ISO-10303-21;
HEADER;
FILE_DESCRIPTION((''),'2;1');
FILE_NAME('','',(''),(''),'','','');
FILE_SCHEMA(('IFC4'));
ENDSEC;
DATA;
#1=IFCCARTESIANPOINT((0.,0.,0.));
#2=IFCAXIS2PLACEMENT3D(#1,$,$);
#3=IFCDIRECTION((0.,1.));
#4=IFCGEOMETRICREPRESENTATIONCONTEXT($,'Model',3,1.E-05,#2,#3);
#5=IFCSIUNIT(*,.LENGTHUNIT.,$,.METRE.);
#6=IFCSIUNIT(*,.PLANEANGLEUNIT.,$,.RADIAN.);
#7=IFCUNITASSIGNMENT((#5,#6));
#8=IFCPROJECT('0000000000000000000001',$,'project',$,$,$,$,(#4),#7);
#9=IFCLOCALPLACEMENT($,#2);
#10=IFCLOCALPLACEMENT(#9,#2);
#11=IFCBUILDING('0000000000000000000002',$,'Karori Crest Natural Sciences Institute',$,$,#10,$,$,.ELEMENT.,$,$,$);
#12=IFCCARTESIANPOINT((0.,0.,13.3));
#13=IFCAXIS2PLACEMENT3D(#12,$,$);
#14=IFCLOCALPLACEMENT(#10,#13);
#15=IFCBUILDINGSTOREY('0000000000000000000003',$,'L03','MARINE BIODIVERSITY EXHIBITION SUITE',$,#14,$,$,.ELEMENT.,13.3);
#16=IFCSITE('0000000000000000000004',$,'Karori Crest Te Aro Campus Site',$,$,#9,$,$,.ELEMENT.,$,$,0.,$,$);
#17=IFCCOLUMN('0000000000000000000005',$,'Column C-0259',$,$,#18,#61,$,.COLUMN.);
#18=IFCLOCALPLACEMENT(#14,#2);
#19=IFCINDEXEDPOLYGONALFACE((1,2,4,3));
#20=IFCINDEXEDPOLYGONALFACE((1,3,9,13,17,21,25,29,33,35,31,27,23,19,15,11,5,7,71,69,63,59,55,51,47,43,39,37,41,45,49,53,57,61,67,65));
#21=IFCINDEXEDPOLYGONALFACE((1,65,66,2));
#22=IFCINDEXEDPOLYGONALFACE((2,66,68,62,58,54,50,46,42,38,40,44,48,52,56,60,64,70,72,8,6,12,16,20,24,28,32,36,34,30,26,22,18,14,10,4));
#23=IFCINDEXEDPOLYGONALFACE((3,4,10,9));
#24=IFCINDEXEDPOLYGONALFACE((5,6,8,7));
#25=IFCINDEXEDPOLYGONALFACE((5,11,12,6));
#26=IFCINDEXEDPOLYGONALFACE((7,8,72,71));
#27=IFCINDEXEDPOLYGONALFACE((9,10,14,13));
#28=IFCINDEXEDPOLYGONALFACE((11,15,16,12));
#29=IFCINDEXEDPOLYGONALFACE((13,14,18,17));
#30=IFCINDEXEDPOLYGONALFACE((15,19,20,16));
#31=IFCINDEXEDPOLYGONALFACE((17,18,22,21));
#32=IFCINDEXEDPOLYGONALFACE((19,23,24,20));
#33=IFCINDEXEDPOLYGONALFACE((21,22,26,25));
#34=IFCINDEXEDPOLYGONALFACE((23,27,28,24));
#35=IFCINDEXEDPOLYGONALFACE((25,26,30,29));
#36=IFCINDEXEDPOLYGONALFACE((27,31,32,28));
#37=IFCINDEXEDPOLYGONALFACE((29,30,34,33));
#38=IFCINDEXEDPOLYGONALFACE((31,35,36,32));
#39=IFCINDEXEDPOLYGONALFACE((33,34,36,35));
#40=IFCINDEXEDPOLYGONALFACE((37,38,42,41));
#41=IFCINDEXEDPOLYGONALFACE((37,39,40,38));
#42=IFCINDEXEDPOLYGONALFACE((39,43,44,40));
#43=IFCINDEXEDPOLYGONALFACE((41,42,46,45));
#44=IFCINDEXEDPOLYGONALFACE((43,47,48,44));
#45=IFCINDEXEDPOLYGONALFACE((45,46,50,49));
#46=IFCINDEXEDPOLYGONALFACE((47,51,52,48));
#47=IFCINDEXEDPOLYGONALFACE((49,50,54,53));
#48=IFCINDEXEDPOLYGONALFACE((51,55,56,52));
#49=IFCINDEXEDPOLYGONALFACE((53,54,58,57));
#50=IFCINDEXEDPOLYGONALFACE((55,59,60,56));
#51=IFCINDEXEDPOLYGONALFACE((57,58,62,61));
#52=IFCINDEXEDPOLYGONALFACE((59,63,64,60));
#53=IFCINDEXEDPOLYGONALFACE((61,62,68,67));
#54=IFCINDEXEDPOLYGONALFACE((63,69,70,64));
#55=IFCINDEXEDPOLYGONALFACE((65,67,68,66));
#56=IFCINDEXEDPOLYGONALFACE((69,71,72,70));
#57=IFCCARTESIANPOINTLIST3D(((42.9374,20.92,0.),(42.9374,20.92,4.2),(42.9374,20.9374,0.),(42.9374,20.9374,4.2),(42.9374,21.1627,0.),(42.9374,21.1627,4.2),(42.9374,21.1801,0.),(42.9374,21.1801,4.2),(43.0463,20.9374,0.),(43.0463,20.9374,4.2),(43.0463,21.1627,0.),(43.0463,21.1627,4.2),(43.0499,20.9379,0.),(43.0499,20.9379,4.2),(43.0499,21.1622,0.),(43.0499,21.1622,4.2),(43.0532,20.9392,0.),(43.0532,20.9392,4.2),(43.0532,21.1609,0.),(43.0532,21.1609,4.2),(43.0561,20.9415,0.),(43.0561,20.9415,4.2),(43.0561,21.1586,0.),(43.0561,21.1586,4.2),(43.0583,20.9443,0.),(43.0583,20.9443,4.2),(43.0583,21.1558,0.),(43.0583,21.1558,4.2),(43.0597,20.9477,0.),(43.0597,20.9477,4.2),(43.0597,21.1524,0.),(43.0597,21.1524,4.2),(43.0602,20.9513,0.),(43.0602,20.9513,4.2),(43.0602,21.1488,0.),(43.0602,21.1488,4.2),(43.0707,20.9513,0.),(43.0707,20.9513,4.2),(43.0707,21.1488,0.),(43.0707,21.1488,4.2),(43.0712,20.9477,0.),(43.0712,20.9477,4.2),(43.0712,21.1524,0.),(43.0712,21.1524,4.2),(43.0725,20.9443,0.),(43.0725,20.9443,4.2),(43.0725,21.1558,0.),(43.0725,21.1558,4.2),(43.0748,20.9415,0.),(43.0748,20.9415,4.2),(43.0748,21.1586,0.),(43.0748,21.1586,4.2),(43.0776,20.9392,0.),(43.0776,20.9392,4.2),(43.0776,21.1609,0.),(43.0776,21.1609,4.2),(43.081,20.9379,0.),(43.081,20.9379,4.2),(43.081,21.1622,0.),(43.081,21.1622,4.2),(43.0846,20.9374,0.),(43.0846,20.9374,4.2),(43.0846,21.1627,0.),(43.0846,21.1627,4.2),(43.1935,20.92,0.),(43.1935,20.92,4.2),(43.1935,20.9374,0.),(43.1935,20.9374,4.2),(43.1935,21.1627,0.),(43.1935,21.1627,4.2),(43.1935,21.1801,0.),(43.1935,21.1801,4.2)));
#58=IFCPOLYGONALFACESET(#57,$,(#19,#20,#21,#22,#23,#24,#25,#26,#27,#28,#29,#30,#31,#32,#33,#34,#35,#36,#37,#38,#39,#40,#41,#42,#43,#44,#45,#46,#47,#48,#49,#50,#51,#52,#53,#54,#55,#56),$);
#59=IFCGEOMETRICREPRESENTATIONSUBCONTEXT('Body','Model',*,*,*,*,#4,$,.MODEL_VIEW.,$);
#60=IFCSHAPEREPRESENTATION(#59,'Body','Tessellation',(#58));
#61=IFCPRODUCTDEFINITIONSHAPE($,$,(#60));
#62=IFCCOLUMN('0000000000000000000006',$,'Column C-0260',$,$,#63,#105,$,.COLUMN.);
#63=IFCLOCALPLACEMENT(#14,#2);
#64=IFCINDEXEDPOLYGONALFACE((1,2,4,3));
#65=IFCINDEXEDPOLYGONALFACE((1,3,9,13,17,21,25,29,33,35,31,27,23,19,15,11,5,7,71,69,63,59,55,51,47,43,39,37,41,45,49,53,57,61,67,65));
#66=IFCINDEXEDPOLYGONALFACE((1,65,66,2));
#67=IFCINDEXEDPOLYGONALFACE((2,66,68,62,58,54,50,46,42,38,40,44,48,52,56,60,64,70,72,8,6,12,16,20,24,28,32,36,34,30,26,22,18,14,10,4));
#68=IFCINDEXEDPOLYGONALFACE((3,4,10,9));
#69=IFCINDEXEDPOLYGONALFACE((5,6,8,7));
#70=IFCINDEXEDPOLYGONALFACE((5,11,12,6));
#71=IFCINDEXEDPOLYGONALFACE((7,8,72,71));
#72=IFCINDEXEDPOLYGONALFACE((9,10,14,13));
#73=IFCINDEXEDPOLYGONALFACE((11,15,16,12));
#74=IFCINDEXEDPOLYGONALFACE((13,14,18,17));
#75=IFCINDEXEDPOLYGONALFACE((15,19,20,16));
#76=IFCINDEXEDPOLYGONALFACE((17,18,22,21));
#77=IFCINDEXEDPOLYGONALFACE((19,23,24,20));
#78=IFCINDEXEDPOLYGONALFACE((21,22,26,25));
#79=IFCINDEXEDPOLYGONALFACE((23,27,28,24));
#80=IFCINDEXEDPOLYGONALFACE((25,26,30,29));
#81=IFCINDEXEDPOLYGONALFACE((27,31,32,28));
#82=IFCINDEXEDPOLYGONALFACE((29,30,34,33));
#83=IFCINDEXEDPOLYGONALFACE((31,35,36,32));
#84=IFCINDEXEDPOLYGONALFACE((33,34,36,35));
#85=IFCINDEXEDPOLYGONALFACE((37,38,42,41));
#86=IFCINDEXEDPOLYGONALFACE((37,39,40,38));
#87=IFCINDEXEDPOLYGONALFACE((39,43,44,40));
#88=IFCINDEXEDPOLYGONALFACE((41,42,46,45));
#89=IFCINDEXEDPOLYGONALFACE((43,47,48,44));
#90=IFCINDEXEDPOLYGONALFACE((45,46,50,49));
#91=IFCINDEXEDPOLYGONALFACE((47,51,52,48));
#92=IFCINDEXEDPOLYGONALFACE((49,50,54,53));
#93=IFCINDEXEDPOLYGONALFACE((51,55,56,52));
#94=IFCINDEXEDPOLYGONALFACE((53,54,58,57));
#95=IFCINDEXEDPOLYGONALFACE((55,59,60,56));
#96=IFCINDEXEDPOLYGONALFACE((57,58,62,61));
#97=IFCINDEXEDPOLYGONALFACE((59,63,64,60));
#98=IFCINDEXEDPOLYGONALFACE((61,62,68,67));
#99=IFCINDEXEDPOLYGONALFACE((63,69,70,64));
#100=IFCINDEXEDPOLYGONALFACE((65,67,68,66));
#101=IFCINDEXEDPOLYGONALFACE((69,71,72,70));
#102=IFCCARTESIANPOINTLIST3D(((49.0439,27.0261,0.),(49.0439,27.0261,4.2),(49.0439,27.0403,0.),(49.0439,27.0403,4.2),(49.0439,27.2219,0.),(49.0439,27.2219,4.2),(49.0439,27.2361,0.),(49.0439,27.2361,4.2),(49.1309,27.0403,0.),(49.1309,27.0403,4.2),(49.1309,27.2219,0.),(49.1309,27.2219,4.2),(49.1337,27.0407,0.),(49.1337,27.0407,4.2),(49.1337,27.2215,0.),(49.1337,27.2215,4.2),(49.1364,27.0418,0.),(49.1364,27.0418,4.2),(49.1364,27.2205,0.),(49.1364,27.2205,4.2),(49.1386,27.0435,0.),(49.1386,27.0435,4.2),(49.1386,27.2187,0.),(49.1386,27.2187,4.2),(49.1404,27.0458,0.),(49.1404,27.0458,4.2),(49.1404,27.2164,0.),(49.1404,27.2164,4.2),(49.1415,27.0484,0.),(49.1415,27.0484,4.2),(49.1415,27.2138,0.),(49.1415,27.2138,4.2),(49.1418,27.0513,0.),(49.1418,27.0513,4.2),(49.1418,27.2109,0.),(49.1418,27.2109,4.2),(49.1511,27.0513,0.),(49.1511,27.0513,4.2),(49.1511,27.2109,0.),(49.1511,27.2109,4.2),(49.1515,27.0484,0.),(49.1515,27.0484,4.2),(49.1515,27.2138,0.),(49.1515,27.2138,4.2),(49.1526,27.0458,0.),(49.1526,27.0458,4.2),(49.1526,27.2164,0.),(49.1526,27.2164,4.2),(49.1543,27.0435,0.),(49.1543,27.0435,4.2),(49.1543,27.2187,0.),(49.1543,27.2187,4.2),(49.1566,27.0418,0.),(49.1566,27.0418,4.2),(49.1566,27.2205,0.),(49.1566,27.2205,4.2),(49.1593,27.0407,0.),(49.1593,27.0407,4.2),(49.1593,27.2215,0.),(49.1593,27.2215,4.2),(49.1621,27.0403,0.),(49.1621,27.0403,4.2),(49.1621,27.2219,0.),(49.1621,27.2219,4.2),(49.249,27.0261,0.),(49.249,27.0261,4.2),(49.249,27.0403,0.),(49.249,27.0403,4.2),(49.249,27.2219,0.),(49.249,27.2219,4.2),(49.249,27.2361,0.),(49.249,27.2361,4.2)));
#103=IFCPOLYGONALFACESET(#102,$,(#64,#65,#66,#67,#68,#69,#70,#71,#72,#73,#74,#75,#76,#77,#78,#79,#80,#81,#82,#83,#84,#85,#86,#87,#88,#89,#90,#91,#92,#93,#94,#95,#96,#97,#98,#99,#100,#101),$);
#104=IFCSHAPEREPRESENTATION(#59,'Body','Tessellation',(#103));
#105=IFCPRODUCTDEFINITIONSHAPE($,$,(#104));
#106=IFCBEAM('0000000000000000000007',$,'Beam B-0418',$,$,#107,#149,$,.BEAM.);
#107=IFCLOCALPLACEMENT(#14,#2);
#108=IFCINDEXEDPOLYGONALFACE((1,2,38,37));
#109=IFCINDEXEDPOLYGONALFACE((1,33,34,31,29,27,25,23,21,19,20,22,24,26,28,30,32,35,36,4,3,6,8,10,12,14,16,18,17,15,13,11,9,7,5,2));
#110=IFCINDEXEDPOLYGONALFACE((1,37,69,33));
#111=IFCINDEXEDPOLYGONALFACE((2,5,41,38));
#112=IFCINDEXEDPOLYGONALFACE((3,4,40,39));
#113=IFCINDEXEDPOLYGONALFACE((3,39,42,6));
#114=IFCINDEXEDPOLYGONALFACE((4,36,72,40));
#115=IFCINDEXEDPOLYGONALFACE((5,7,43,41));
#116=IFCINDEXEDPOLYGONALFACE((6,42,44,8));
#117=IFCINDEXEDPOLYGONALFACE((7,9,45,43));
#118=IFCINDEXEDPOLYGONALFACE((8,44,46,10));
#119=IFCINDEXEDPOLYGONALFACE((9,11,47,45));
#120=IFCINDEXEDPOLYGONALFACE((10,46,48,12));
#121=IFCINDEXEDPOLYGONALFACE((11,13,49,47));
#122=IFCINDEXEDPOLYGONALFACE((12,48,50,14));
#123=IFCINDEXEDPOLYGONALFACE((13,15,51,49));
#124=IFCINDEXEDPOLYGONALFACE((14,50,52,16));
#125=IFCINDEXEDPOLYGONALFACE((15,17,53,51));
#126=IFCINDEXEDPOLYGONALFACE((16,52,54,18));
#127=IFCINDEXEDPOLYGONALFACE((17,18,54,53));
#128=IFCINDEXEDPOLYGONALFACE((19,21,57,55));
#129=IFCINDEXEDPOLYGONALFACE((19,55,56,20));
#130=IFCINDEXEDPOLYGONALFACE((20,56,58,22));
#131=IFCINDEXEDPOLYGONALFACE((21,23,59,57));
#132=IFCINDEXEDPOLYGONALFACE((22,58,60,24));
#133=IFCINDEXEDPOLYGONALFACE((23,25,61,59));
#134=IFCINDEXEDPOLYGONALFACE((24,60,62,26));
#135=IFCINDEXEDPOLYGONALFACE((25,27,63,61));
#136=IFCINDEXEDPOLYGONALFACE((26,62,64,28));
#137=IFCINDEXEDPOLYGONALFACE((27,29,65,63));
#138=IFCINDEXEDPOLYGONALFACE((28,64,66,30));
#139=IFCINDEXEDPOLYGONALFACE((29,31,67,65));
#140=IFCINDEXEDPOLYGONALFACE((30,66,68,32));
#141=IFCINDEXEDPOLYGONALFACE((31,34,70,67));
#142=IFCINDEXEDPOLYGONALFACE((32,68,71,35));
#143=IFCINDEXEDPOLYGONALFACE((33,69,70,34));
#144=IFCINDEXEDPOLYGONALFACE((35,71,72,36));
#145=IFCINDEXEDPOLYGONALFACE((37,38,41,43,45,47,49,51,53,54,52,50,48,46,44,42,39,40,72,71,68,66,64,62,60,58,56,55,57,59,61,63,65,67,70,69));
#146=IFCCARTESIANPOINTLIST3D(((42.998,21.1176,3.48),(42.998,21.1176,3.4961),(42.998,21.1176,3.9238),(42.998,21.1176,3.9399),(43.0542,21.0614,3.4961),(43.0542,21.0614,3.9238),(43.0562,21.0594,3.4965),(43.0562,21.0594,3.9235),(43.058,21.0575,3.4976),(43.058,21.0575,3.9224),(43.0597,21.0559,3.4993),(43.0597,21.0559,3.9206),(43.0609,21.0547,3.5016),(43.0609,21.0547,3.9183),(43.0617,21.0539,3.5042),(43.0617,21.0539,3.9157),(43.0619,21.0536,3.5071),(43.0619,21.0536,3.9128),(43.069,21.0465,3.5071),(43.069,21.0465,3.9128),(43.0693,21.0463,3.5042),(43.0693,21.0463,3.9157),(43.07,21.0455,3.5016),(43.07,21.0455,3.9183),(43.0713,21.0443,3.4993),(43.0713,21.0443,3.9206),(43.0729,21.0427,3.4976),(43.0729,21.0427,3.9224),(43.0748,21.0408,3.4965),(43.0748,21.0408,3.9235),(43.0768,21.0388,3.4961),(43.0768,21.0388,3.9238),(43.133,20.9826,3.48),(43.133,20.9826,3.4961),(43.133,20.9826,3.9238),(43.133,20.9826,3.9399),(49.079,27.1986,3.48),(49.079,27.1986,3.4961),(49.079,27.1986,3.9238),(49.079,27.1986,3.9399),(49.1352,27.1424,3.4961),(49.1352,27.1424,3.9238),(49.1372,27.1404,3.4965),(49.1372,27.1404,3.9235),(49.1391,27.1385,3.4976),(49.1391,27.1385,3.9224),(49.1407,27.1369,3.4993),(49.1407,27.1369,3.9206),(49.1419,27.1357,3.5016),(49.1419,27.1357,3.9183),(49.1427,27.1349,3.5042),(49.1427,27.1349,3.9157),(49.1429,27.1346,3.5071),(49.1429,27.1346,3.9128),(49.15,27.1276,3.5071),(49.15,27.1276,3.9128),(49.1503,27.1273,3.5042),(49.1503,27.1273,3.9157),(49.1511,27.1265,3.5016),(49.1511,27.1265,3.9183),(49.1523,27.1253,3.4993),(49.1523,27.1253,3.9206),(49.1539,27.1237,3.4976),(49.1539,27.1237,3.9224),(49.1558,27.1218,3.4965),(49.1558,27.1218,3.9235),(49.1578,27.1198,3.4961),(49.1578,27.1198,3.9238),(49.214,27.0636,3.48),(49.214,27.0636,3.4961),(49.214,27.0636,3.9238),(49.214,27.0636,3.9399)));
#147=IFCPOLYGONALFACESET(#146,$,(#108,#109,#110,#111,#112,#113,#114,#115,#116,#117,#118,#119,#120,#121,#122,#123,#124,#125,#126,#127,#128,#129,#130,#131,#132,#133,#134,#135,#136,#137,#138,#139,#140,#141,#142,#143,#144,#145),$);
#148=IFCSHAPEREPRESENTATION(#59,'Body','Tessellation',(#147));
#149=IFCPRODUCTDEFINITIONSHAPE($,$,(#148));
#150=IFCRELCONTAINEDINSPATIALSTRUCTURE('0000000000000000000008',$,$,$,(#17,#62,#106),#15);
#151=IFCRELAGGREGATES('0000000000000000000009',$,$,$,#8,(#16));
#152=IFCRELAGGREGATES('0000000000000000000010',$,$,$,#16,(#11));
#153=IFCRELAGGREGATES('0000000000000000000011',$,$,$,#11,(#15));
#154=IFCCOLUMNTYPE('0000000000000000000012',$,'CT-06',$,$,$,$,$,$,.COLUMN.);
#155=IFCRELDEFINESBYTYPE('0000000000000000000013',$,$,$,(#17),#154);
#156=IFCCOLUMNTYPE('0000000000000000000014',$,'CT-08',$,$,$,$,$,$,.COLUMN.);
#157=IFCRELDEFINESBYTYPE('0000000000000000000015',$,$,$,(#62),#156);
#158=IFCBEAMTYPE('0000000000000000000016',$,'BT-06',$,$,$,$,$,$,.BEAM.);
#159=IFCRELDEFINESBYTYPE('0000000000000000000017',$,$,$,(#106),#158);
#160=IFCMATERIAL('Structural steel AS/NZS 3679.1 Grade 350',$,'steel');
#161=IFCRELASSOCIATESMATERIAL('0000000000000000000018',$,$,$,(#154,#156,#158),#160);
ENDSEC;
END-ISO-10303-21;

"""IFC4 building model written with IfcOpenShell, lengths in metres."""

from ifc_helpers import new_model, si_unit, direction, frame, origin, origin_2d, place, context, subcontext, project, spatial, i_section, extrude, material, material_profile, profile_set, type_object, element, save


model = new_model("IFC4")

# Units and contexts
model_context = context("Model", 3, precision=1e-05, world=origin(), true_north=direction((0.0, 1.0)))
body_context = subcontext(model_context, "Body", "Model", "MODEL_VIEW")
ifc_project = project(units=[si_unit("LENGTHUNIT", "METRE"), si_unit("PLANEANGLEUNIT", "RADIAN")], contexts=[model_context])

# Site, building, storey
site_placement = place(None, origin())
site = spatial("IfcSite", under=ifc_project, at=site_placement, Name="Karori Crest Te Aro Campus Site", CompositionType="ELEMENT", RefElevation=0.0)
building_placement = place(site_placement, origin())
building = spatial("IfcBuilding", under=site, at=building_placement, Name="Karori Crest Natural Sciences Institute", CompositionType="ELEMENT")
storey_placement = place(building_placement, frame((0.0, 0.0, 13.3)))
storey = spatial("IfcBuildingStorey", under=building, at=storey_placement, Name="L03", Description="MARINE BIODIVERSITY EXHIBITION SUITE", CompositionType="ELEMENT", Elevation=13.3)

# Columns
ifc_material_1 = material(Name="Structural steel AS/NZS 3679.1 Grade 350", Category="steel")
ifc_material_profile_1 = material_profile(ifc_material_1, i_section(OverallWidth=0.2561, OverallDepth=0.26, WebThickness=0.0105, FlangeThickness=0.0173, FilletRadius=0.0139, at=origin_2d()), Name="250UC89.5")
ifc_profile_set_1 = profile_set([ifc_material_profile_1], Name="Structural steel AS/NZS 3679.1 Grade 350")
column_type_1 = type_object("IfcColumnType", Name="CT-06", PredefinedType="COLUMN", material=ifc_profile_set_1)
column_1_placement = place(storey_placement, frame((43.0654, 21.05, 0.0), z_axis=(0.0, 0.0, 1.0), x_axis=(1.0, 0.0, 0.0)))
element("IfcColumn", 1, at=column_1_placement, inside=storey, type_object=column_type_1, Name="Column C-0259", PredefinedType="COLUMN", context=body_context, shape_type="SweptSolid", body=[
    extrude(i_section(OverallWidth=0.2561, OverallDepth=0.26, WebThickness=0.0105, FlangeThickness=0.0173, FilletRadius=0.0139, at=origin_2d()), origin(), (0.0, 0.0, 1.0), 4.2),
])
ifc_material_profile_2 = material_profile(ifc_material_1, i_section(OverallWidth=0.2051, OverallDepth=0.21, WebThickness=0.0093, FlangeThickness=0.0142, FilletRadius=0.011, at=origin_2d()), Name="200UC59.5")
ifc_profile_set_2 = profile_set([ifc_material_profile_2], Name="Structural steel AS/NZS 3679.1 Grade 350")
column_type_2 = type_object("IfcColumnType", Name="CT-08", PredefinedType="COLUMN", material=ifc_profile_set_2)
column_2_placement = place(storey_placement, frame((49.1465, 27.1311, 0.0), z_axis=(0.0, 0.0, 1.0), x_axis=(1.0, 0.0, 0.0)))
element("IfcColumn", 2, at=column_2_placement, inside=storey, type_object=column_type_2, Name="Column C-0260", PredefinedType="COLUMN", context=body_context, shape_type="SweptSolid", body=[
    extrude(i_section(OverallWidth=0.2051, OverallDepth=0.21, WebThickness=0.0093, FlangeThickness=0.0142, FilletRadius=0.011, at=origin_2d()), origin(), (0.0, 0.0, 1.0), 4.2),
])

# Beam
ifc_material_profile_3 = material_profile(ifc_material_1, i_section(OverallWidth=0.1909, OverallDepth=0.46, WebThickness=0.01, FlangeThickness=0.0161, FilletRadius=0.011, at=origin_2d()), Name="460UB82.1")
ifc_profile_set_3 = profile_set([ifc_material_profile_3], Name="Structural steel AS/NZS 3679.1 Grade 350")
beam_type_1 = type_object("IfcBeamType", Name="BT-06", PredefinedType="BEAM", material=ifc_profile_set_3)
beam_1_placement = place(storey_placement, frame((49.1465, 27.1311, 3.71), z_axis=(-0.707107, -0.707107, 0.0), x_axis=(0.707107, -0.707107, 0.0)))
element("IfcBeam", 3, at=beam_1_placement, inside=storey, type_object=beam_type_1, Name="Beam B-0418", PredefinedType="BEAM", context=body_context, shape_type="SweptSolid", body=[
    extrude(i_section(OverallWidth=0.1909, OverallDepth=0.46, WebThickness=0.01, FlangeThickness=0.0161, FilletRadius=0.011, at=origin_2d()), origin(), (0.0, 0.0, 1.0), 8.5999),
])

save(model, "model.ifc")
